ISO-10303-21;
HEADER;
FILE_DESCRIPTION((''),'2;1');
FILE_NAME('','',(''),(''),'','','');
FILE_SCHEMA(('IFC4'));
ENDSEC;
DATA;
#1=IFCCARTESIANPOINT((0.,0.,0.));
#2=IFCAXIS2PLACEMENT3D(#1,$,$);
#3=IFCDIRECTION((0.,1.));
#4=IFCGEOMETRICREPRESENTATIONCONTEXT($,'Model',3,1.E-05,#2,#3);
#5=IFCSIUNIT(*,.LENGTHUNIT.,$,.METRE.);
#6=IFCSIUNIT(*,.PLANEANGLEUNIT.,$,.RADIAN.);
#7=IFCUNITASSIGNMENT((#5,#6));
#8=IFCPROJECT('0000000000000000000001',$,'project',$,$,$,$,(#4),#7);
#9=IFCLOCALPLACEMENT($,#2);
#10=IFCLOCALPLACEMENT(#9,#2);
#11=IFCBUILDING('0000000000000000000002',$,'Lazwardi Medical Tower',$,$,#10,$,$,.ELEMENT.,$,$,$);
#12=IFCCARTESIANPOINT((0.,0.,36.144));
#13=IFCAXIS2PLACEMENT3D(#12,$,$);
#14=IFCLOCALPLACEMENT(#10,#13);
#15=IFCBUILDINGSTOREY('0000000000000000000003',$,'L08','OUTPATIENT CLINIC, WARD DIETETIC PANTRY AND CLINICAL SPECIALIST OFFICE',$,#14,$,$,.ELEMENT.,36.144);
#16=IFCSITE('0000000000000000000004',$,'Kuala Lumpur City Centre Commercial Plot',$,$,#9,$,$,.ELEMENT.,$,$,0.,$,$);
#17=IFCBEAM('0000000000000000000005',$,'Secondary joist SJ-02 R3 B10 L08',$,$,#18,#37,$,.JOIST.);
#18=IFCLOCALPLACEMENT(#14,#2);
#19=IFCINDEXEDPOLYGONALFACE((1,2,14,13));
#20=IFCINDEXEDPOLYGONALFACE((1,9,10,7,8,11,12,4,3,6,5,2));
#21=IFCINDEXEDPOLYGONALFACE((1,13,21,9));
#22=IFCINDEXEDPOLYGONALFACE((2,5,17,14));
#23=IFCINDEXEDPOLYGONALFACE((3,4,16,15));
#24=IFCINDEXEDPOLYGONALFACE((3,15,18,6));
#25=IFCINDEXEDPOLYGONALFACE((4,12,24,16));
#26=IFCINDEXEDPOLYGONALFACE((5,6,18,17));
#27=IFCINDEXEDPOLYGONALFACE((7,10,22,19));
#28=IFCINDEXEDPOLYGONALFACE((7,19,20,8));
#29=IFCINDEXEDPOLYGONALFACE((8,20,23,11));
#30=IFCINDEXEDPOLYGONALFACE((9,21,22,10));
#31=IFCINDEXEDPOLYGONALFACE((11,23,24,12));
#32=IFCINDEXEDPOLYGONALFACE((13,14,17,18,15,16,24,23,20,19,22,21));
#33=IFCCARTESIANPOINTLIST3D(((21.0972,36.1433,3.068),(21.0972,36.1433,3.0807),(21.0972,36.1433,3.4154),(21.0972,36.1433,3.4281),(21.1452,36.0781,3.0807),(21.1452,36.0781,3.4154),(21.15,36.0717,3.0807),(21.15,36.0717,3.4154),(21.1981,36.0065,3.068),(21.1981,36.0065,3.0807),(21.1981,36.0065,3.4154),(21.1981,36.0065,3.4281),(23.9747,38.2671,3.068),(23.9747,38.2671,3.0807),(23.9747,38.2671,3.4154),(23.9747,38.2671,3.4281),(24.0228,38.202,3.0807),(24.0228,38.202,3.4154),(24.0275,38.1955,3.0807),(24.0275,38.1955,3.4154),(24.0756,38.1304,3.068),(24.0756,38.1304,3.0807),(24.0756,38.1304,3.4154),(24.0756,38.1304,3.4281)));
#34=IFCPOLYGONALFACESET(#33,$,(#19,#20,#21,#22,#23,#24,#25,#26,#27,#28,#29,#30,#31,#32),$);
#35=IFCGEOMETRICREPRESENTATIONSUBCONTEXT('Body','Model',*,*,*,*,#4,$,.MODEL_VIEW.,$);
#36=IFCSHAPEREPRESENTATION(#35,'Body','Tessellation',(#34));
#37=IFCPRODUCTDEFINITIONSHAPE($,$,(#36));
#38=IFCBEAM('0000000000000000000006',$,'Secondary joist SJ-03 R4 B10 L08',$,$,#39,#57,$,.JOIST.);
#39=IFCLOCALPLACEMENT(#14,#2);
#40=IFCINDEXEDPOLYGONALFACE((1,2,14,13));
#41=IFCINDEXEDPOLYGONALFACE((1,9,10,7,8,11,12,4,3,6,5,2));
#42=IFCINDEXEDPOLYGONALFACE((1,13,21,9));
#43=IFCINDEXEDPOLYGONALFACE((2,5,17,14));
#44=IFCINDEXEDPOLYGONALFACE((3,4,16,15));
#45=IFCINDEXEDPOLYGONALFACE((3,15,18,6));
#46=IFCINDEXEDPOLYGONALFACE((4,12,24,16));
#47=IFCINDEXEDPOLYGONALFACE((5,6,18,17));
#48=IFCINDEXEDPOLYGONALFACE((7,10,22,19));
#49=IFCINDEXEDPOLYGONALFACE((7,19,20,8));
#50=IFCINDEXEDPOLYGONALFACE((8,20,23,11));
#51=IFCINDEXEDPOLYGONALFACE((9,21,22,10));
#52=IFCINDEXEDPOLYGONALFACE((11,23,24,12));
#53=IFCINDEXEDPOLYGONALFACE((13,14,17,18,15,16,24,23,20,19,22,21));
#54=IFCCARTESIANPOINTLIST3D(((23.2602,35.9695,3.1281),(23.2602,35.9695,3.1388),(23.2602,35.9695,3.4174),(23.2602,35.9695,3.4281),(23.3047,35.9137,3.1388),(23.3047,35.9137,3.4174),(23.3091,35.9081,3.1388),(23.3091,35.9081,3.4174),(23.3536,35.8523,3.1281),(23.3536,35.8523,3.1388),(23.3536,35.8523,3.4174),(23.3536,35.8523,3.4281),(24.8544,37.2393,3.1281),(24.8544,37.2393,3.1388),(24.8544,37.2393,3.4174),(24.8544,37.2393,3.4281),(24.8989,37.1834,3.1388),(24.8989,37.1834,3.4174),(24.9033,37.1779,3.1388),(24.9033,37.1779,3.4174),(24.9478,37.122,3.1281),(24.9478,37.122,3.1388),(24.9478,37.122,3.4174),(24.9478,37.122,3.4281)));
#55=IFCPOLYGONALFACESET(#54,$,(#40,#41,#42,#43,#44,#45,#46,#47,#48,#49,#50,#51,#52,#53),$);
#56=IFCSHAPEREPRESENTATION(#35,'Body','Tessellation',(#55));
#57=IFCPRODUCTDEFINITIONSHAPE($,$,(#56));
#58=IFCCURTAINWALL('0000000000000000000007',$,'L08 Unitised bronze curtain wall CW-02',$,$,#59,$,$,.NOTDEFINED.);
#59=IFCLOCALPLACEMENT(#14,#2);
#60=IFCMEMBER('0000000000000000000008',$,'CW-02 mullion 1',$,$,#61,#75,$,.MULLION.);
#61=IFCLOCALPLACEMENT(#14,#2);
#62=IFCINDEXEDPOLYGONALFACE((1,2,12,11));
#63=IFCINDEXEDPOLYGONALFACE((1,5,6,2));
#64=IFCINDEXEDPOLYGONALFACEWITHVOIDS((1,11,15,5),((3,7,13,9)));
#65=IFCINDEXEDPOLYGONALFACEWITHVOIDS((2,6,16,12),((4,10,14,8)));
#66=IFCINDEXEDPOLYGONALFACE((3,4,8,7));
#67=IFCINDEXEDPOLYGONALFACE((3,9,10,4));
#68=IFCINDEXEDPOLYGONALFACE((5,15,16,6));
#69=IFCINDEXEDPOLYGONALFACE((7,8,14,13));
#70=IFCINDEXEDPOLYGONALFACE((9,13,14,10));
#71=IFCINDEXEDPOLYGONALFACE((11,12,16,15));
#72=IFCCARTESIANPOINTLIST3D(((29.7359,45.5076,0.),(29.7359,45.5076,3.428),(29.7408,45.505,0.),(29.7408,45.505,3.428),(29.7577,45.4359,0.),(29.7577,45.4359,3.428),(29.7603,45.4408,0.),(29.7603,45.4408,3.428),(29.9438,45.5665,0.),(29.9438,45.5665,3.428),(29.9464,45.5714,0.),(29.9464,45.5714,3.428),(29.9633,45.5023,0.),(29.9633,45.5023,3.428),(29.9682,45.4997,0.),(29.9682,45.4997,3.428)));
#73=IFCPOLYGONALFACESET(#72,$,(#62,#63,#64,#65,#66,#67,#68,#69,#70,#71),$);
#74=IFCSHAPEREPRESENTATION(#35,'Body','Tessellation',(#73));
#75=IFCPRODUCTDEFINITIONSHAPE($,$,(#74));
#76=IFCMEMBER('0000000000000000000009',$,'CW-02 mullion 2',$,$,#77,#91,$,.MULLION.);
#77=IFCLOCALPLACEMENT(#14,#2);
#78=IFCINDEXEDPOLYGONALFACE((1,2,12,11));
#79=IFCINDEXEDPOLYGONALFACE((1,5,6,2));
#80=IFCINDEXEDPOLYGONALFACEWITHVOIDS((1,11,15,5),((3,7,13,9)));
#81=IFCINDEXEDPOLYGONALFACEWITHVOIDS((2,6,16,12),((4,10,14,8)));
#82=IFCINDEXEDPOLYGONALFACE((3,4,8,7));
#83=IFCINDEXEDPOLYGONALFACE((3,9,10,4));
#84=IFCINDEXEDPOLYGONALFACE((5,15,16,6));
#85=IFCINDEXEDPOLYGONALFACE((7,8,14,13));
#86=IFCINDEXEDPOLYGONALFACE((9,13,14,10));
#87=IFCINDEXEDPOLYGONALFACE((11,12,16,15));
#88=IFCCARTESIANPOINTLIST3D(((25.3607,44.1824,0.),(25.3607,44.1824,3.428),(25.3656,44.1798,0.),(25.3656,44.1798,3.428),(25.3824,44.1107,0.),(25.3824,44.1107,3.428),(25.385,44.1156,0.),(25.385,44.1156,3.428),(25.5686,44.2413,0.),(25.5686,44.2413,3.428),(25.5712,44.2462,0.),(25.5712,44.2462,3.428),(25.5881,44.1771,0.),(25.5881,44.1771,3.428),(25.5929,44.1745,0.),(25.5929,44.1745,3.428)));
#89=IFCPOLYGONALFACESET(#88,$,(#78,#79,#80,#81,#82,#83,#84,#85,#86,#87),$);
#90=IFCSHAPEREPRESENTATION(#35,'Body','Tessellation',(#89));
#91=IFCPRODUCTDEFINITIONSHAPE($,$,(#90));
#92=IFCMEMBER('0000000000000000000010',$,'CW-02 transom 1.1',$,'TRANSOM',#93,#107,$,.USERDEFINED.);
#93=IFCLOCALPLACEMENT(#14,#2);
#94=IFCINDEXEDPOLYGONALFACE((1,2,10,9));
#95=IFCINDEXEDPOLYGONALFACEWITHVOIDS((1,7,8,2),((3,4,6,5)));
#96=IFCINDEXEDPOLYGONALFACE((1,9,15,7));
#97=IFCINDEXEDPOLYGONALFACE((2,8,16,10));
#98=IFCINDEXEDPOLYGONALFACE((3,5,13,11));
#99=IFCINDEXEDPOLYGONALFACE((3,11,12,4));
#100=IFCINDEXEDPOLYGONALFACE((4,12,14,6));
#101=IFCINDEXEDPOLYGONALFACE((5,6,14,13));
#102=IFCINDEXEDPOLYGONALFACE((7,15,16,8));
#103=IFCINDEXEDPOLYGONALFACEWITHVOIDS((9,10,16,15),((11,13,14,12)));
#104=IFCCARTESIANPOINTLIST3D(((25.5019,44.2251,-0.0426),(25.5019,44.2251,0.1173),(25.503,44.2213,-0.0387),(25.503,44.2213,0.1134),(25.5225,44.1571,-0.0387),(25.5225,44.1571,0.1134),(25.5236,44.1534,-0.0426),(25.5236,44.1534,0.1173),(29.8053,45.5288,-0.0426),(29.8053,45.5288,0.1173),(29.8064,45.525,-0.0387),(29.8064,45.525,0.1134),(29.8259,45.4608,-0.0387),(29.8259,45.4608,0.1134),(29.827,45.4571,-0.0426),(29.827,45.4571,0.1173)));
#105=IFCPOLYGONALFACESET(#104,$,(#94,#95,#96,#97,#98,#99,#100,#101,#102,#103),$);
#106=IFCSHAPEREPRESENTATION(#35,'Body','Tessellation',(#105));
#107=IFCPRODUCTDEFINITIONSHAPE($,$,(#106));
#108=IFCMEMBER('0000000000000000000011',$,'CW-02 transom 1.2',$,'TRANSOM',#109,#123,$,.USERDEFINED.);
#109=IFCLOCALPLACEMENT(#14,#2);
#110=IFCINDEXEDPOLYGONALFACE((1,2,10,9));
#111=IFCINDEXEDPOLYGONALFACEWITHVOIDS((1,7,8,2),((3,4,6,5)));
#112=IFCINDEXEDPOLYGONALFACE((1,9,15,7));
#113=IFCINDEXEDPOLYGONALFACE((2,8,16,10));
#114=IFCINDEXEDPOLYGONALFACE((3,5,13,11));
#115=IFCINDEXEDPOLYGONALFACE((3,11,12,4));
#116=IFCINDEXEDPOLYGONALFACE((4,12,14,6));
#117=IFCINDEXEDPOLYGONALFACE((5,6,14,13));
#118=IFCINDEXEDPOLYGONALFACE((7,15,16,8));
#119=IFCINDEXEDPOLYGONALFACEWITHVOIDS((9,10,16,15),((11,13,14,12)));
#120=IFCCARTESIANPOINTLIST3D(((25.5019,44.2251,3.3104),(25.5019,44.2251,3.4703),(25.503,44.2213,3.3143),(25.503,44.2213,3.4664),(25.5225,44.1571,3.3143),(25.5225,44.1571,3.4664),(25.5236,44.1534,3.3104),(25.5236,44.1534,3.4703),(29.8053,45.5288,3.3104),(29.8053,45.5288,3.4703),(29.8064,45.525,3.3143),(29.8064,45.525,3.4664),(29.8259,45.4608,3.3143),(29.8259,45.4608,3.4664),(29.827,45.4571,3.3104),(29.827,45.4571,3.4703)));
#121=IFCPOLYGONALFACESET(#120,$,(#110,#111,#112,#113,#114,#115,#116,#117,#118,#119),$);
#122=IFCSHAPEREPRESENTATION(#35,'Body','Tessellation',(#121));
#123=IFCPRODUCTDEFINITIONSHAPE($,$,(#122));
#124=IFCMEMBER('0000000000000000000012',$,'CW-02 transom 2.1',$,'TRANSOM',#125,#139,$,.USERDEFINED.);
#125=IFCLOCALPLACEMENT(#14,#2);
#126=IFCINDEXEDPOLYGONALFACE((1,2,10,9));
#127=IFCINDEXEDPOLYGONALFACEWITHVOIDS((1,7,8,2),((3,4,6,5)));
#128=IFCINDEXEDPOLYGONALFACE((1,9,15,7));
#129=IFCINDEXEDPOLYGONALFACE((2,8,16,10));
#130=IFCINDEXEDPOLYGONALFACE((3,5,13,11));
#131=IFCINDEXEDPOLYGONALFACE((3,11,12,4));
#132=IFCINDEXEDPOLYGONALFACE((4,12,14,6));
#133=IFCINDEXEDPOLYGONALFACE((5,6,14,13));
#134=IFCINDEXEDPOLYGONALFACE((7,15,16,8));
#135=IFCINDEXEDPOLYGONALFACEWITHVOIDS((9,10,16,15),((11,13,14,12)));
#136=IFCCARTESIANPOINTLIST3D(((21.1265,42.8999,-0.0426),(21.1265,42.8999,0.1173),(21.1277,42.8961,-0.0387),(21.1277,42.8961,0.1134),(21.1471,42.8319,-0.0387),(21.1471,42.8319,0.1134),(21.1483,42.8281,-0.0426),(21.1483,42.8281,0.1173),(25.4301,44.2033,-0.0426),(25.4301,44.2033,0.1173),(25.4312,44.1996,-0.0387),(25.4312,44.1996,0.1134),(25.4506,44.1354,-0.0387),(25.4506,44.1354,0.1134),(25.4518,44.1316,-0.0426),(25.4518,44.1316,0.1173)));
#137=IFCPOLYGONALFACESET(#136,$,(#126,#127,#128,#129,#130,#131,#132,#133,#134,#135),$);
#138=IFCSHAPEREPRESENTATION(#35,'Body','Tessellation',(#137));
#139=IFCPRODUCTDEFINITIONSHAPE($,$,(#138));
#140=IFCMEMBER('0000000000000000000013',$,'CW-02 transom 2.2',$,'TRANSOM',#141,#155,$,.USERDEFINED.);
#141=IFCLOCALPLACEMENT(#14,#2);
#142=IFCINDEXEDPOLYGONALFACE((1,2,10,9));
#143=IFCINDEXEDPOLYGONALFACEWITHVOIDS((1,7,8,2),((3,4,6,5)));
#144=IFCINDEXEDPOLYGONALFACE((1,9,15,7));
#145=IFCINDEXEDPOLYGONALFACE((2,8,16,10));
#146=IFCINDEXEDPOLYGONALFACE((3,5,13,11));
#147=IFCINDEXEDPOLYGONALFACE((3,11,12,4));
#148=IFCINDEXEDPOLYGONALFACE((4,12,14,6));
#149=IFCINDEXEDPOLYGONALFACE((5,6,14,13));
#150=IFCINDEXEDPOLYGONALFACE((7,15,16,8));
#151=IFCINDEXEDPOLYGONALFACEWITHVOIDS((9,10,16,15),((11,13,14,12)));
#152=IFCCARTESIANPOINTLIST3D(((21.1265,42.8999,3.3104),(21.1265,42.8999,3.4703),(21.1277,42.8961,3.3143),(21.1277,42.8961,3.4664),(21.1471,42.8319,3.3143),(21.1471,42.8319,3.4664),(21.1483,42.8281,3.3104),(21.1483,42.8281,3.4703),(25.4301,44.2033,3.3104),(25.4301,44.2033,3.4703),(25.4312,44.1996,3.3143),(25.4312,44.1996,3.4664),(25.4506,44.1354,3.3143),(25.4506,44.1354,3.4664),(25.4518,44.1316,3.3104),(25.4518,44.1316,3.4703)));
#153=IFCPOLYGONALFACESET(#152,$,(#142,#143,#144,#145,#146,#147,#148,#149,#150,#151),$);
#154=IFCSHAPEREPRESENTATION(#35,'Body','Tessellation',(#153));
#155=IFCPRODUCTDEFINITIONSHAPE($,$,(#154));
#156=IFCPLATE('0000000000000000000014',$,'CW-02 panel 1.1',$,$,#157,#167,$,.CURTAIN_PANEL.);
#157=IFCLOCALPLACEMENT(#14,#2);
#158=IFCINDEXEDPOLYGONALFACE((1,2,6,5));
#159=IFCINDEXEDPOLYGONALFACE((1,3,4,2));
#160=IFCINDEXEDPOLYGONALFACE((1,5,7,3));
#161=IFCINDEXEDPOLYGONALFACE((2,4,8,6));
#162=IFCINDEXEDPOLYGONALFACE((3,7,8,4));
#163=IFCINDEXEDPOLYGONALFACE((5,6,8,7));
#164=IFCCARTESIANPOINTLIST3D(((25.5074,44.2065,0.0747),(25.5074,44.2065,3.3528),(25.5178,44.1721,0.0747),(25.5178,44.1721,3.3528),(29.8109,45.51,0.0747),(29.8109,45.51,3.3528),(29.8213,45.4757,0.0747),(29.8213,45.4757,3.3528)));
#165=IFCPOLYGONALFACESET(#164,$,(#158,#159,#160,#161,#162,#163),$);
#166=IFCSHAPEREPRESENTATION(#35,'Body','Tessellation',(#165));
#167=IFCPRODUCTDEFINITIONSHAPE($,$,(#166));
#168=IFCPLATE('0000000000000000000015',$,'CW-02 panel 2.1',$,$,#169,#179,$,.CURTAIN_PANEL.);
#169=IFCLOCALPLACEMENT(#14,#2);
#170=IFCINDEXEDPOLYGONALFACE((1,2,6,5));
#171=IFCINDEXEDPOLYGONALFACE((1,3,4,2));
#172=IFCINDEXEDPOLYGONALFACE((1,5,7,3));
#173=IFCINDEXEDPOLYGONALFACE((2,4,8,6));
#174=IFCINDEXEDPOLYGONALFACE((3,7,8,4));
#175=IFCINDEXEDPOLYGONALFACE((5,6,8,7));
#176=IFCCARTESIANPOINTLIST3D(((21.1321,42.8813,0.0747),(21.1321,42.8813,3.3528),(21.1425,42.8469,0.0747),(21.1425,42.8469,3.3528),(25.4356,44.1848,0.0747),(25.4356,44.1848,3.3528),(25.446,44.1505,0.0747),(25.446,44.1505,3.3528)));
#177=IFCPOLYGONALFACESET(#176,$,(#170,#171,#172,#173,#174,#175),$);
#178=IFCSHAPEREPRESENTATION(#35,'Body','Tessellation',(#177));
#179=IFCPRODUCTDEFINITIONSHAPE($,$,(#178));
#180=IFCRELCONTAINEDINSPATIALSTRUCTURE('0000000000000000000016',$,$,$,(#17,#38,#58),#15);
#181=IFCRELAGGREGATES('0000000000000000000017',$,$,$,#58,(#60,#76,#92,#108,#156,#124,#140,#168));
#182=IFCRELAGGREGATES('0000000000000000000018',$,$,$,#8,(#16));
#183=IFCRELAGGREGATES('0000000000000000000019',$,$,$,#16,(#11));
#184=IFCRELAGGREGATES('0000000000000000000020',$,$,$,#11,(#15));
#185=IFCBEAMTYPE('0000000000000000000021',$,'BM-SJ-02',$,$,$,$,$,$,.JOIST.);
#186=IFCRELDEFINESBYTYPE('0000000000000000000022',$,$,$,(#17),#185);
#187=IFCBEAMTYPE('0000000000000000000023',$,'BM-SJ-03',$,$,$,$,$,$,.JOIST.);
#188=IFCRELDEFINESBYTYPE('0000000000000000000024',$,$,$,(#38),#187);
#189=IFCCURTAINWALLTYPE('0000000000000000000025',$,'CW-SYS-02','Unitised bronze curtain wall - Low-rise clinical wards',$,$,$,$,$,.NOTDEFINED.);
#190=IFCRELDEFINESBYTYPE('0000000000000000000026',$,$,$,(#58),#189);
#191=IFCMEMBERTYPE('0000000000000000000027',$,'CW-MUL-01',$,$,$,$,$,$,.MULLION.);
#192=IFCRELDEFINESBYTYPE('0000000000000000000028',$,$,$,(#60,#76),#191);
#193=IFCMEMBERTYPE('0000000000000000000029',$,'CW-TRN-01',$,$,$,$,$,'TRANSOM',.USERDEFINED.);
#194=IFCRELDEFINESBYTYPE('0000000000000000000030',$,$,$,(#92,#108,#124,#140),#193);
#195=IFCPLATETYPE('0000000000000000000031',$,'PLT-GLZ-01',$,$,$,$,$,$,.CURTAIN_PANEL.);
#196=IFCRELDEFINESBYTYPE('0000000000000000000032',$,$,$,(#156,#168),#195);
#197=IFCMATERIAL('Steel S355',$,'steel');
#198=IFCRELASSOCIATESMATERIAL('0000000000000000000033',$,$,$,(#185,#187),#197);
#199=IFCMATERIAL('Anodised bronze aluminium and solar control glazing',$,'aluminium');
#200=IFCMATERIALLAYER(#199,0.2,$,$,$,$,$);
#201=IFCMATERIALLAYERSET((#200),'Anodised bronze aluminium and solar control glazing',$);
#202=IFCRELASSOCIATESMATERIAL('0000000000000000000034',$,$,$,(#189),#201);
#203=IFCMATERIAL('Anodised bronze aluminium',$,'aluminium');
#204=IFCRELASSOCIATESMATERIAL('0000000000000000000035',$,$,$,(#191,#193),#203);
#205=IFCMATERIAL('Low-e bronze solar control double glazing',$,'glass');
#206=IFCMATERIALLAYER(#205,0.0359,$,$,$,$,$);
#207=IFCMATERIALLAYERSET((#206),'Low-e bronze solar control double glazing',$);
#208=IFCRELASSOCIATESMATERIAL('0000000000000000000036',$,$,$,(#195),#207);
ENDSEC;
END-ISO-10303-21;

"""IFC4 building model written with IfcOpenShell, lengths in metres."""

from ifc_helpers import new_model, si_unit, direction, frame, origin, origin_2d, place, context, subcontext, project, spatial, rectangle, hollow_rectangle, i_section, extrude, material, layer, layer_set, material_profile, profile_set, type_object, element, aggregate, save


model = new_model("IFC4")

# Units and contexts
model_context = context("Model", 3, precision=1e-05, world=origin(), true_north=direction((0.0, 1.0)))
body_context = subcontext(model_context, "Body", "Model", "MODEL_VIEW")
ifc_project = project(units=[si_unit("LENGTHUNIT", "METRE"), si_unit("PLANEANGLEUNIT", "RADIAN")], contexts=[model_context])

# Site, building, storey
site_placement = place(None, origin())
site = spatial("IfcSite", under=ifc_project, at=site_placement, Name="Kuala Lumpur City Centre Commercial Plot", CompositionType="ELEMENT", RefElevation=0.0)
building_placement = place(site_placement, origin())
building = spatial("IfcBuilding", under=site, at=building_placement, Name="Lazwardi Medical Tower", CompositionType="ELEMENT")
storey_placement = place(building_placement, frame((0.0, 0.0, 36.144)))
storey = spatial("IfcBuildingStorey", under=building, at=storey_placement, Name="L08", Description="OUTPATIENT CLINIC, WARD DIETETIC PANTRY AND CLINICAL SPECIALIST OFFICE", CompositionType="ELEMENT", Elevation=36.144)

# Beams
ifc_material_1 = material(Name="Steel S355", Category="steel")
ifc_material_profile_1 = material_profile(ifc_material_1, i_section(OverallWidth=0.1699, OverallDepth=0.3601, WebThickness=0.0081, FlangeThickness=0.0127, at=origin_2d()), Name="IPE 360")
ifc_profile_set_1 = profile_set([ifc_material_profile_1], Name="Steel S355")
beam_type_1 = type_object("IfcBeamType", Name="BM-SJ-02", PredefinedType="JOIST", material=ifc_profile_set_1)
beam_1_placement = place(storey_placement, frame((24.0251, 38.1987, 3.248), z_axis=(-0.80458, -0.593844, 0.0), x_axis=(0.593844, -0.80458, 0.0)))
element("IfcBeam", 1, at=beam_1_placement, inside=storey, type_object=beam_type_1, Name="Secondary joist SJ-02 R3 B10 L08", PredefinedType="JOIST", context=body_context, shape_type="SweptSolid", body=[
    extrude(i_section(OverallWidth=0.1699, OverallDepth=0.3601, WebThickness=0.0081, FlangeThickness=0.0127, at=origin_2d()), origin(), (0.0, 0.0, 1.0), 3.5764),
])
ifc_material_profile_2 = material_profile(ifc_material_1, i_section(OverallWidth=0.1499, OverallDepth=0.3, WebThickness=0.0071, FlangeThickness=0.0107, at=origin_2d()), Name="IPE 300")
ifc_profile_set_2 = profile_set([ifc_material_profile_2], Name="Steel S355")
beam_type_2 = type_object("IfcBeamType", Name="BM-SJ-03", PredefinedType="JOIST", material=ifc_profile_set_2)
beam_2_placement = place(storey_placement, frame((24.9011, 37.1807, 3.2781), z_axis=(-0.782211, -0.623014, 0.0), x_axis=(0.623014, -0.782211, 0.0)))
element("IfcBeam", 2, at=beam_2_placement, inside=storey, type_object=beam_type_2, Name="Secondary joist SJ-03 R4 B10 L08", PredefinedType="JOIST", context=body_context, shape_type="SweptSolid", body=[
    extrude(i_section(OverallWidth=0.1499, OverallDepth=0.3, WebThickness=0.0071, FlangeThickness=0.0107, at=origin_2d()), origin(), (0.0, 0.0, 1.0), 2.0381),
])

# Curtain wall, members, plates
ifc_material_2 = material(Name="Anodised bronze aluminium and solar control glazing", Category="aluminium")
ifc_layer_1 = layer(ifc_material_2, 0.2)
ifc_layer_set_1 = layer_set([ifc_layer_1], Name="Anodised bronze aluminium and solar control glazing")
curtain_wall_type = type_object("IfcCurtainWallType", Name="CW-SYS-02", Description="Unitised bronze curtain wall - Low-rise clinical wards", PredefinedType="NOTDEFINED", material=ifc_layer_set_1)
curtain_wall_placement = place(storey_placement, origin())
curtain_wall = element("IfcCurtainWall", 3, at=curtain_wall_placement, inside=storey, type_object=curtain_wall_type, Name="L08 Unitised bronze curtain wall CW-02", PredefinedType="NOTDEFINED")
ifc_material_3 = material(Name="Anodised bronze aluminium", Category="aluminium")
ifc_material_profile_3 = material_profile(ifc_material_3, hollow_rectangle(XDim=0.075, YDim=0.22, WallThickness=0.0039, at=origin_2d()), Name="ALU-MULLION 220x75x4")
ifc_profile_set_3 = profile_set([ifc_material_profile_3], Name="Anodised bronze aluminium")
member_type_1 = type_object("IfcMemberType", Name="CW-MUL-01", PredefinedType="MULLION", material=ifc_profile_set_3)
member_1_placement = place(storey_placement, frame((29.8521, 45.5037, 0.0), z_axis=(0.0, 0.0, 1.0), x_axis=(0.289896, -0.957058, 0.0)))
member_1 = element("IfcMember", 4, at=member_1_placement, type_object=member_type_1, Name="CW-02 mullion 1", PredefinedType="MULLION", context=body_context, shape_type="SweptSolid", body=[
    extrude(hollow_rectangle(XDim=0.075, YDim=0.22, WallThickness=0.0039, at=origin_2d()), origin(), (0.0, 0.0, 1.0), 3.428),
])
member_2_placement = place(storey_placement, frame((25.4768, 44.1785, 0.0), z_axis=(0.0, 0.0, 1.0), x_axis=(0.289896, -0.957058, 0.0)))
member_2 = element("IfcMember", 5, at=member_2_placement, type_object=member_type_1, Name="CW-02 mullion 2", PredefinedType="MULLION", context=body_context, shape_type="SweptSolid", body=[
    extrude(hollow_rectangle(XDim=0.075, YDim=0.22, WallThickness=0.0039, at=origin_2d()), origin(), (0.0, 0.0, 1.0), 3.428),
])
ifc_material_profile_4 = material_profile(ifc_material_3, hollow_rectangle(XDim=0.075, YDim=0.1599, WallThickness=0.0039, at=origin_2d()), Name="ALU-TRANSOM 160x75x4")
ifc_profile_set_4 = profile_set([ifc_material_profile_4], Name="Anodised bronze aluminium")
member_type_2 = type_object("IfcMemberType", Name="CW-TRN-01", ElementType="TRANSOM", PredefinedType="USERDEFINED", material=ifc_profile_set_4)
member_3_placement = place(storey_placement, frame((29.8162, 45.4929, 0.0374), z_axis=(-0.957047, -0.289932, 0.0), x_axis=(0.289932, -0.957047, 0.0)))
member_3 = element("IfcMember", 6, at=member_3_placement, type_object=member_type_2, Name="CW-02 transom 1.1", ObjectType="TRANSOM", PredefinedType="USERDEFINED", context=body_context, shape_type="SweptSolid", body=[
    extrude(hollow_rectangle(XDim=0.075, YDim=0.1599, WallThickness=0.0039, at=origin_2d()), origin(), (0.0, 0.0, 1.0), 4.4966),
])
member_4_placement = place(storey_placement, frame((29.8162, 45.4929, 3.3904), z_axis=(-0.957047, -0.289932, 0.0), x_axis=(0.289932, -0.957047, 0.0)))
member_4 = element("IfcMember", 7, at=member_4_placement, type_object=member_type_2, Name="CW-02 transom 1.2", ObjectType="TRANSOM", PredefinedType="USERDEFINED", context=body_context, shape_type="SweptSolid", body=[
    extrude(hollow_rectangle(XDim=0.075, YDim=0.1599, WallThickness=0.0039, at=origin_2d()), origin(), (0.0, 0.0, 1.0), 4.4966),
])
member_5_placement = place(storey_placement, frame((25.4409, 44.1675, 0.0374), z_axis=(-0.957062, -0.289882, 0.0), x_axis=(0.289882, -0.957062, 0.0)))
member_5 = element("IfcMember", 8, at=member_5_placement, type_object=member_type_2, Name="CW-02 transom 2.1", ObjectType="TRANSOM", PredefinedType="USERDEFINED", context=body_context, shape_type="SweptSolid", body=[
    extrude(hollow_rectangle(XDim=0.075, YDim=0.1599, WallThickness=0.0039, at=origin_2d()), origin(), (0.0, 0.0, 1.0), 4.4966),
])
member_6_placement = place(storey_placement, frame((25.4409, 44.1675, 3.3904), z_axis=(-0.957062, -0.289882, 0.0), x_axis=(0.289882, -0.957062, 0.0)))
member_6 = element("IfcMember", 9, at=member_6_placement, type_object=member_type_2, Name="CW-02 transom 2.2", ObjectType="TRANSOM", PredefinedType="USERDEFINED", context=body_context, shape_type="SweptSolid", body=[
    extrude(hollow_rectangle(XDim=0.075, YDim=0.1599, WallThickness=0.0039, at=origin_2d()), origin(), (0.0, 0.0, 1.0), 4.4966),
])
ifc_material_4 = material(Name="Low-e bronze solar control double glazing", Category="glass")
ifc_layer_2 = layer(ifc_material_4, 0.0359)
ifc_layer_set_2 = layer_set([ifc_layer_2], Name="Low-e bronze solar control double glazing")
plate_type = type_object("IfcPlateType", Name="PLT-GLZ-01", PredefinedType="CURTAIN_PANEL", material=ifc_layer_set_2)
plate_1_placement = place(storey_placement, frame((27.6643, 44.8411, 0.0747), z_axis=(0.0, 0.0, 1.0), x_axis=(-0.957058, -0.289896, 0.0)))
plate_1 = element("IfcPlate", 10, at=plate_1_placement, type_object=plate_type, Name="CW-02 panel 1.1", PredefinedType="CURTAIN_PANEL", context=body_context, shape_type="SweptSolid", body=[
    extrude(rectangle(XDim=4.4966, YDim=0.0359, at=origin_2d()), origin(), (0.0, 0.0, 1.0), 3.2781),
])
plate_2_placement = place(storey_placement, frame((23.2891, 43.5159, 0.0747), z_axis=(0.0, 0.0, 1.0), x_axis=(-0.957058, -0.289896, 0.0)))
plate_2 = element("IfcPlate", 11, at=plate_2_placement, type_object=plate_type, Name="CW-02 panel 2.1", PredefinedType="CURTAIN_PANEL", context=body_context, shape_type="SweptSolid", body=[
    extrude(rectangle(XDim=4.4966, YDim=0.0359, at=origin_2d()), origin(), (0.0, 0.0, 1.0), 3.2781),
])
aggregate(curtain_wall, [member_1, member_2, member_3, member_4, plate_1, member_5, member_6, plate_2])

save(model, "model.ifc")
